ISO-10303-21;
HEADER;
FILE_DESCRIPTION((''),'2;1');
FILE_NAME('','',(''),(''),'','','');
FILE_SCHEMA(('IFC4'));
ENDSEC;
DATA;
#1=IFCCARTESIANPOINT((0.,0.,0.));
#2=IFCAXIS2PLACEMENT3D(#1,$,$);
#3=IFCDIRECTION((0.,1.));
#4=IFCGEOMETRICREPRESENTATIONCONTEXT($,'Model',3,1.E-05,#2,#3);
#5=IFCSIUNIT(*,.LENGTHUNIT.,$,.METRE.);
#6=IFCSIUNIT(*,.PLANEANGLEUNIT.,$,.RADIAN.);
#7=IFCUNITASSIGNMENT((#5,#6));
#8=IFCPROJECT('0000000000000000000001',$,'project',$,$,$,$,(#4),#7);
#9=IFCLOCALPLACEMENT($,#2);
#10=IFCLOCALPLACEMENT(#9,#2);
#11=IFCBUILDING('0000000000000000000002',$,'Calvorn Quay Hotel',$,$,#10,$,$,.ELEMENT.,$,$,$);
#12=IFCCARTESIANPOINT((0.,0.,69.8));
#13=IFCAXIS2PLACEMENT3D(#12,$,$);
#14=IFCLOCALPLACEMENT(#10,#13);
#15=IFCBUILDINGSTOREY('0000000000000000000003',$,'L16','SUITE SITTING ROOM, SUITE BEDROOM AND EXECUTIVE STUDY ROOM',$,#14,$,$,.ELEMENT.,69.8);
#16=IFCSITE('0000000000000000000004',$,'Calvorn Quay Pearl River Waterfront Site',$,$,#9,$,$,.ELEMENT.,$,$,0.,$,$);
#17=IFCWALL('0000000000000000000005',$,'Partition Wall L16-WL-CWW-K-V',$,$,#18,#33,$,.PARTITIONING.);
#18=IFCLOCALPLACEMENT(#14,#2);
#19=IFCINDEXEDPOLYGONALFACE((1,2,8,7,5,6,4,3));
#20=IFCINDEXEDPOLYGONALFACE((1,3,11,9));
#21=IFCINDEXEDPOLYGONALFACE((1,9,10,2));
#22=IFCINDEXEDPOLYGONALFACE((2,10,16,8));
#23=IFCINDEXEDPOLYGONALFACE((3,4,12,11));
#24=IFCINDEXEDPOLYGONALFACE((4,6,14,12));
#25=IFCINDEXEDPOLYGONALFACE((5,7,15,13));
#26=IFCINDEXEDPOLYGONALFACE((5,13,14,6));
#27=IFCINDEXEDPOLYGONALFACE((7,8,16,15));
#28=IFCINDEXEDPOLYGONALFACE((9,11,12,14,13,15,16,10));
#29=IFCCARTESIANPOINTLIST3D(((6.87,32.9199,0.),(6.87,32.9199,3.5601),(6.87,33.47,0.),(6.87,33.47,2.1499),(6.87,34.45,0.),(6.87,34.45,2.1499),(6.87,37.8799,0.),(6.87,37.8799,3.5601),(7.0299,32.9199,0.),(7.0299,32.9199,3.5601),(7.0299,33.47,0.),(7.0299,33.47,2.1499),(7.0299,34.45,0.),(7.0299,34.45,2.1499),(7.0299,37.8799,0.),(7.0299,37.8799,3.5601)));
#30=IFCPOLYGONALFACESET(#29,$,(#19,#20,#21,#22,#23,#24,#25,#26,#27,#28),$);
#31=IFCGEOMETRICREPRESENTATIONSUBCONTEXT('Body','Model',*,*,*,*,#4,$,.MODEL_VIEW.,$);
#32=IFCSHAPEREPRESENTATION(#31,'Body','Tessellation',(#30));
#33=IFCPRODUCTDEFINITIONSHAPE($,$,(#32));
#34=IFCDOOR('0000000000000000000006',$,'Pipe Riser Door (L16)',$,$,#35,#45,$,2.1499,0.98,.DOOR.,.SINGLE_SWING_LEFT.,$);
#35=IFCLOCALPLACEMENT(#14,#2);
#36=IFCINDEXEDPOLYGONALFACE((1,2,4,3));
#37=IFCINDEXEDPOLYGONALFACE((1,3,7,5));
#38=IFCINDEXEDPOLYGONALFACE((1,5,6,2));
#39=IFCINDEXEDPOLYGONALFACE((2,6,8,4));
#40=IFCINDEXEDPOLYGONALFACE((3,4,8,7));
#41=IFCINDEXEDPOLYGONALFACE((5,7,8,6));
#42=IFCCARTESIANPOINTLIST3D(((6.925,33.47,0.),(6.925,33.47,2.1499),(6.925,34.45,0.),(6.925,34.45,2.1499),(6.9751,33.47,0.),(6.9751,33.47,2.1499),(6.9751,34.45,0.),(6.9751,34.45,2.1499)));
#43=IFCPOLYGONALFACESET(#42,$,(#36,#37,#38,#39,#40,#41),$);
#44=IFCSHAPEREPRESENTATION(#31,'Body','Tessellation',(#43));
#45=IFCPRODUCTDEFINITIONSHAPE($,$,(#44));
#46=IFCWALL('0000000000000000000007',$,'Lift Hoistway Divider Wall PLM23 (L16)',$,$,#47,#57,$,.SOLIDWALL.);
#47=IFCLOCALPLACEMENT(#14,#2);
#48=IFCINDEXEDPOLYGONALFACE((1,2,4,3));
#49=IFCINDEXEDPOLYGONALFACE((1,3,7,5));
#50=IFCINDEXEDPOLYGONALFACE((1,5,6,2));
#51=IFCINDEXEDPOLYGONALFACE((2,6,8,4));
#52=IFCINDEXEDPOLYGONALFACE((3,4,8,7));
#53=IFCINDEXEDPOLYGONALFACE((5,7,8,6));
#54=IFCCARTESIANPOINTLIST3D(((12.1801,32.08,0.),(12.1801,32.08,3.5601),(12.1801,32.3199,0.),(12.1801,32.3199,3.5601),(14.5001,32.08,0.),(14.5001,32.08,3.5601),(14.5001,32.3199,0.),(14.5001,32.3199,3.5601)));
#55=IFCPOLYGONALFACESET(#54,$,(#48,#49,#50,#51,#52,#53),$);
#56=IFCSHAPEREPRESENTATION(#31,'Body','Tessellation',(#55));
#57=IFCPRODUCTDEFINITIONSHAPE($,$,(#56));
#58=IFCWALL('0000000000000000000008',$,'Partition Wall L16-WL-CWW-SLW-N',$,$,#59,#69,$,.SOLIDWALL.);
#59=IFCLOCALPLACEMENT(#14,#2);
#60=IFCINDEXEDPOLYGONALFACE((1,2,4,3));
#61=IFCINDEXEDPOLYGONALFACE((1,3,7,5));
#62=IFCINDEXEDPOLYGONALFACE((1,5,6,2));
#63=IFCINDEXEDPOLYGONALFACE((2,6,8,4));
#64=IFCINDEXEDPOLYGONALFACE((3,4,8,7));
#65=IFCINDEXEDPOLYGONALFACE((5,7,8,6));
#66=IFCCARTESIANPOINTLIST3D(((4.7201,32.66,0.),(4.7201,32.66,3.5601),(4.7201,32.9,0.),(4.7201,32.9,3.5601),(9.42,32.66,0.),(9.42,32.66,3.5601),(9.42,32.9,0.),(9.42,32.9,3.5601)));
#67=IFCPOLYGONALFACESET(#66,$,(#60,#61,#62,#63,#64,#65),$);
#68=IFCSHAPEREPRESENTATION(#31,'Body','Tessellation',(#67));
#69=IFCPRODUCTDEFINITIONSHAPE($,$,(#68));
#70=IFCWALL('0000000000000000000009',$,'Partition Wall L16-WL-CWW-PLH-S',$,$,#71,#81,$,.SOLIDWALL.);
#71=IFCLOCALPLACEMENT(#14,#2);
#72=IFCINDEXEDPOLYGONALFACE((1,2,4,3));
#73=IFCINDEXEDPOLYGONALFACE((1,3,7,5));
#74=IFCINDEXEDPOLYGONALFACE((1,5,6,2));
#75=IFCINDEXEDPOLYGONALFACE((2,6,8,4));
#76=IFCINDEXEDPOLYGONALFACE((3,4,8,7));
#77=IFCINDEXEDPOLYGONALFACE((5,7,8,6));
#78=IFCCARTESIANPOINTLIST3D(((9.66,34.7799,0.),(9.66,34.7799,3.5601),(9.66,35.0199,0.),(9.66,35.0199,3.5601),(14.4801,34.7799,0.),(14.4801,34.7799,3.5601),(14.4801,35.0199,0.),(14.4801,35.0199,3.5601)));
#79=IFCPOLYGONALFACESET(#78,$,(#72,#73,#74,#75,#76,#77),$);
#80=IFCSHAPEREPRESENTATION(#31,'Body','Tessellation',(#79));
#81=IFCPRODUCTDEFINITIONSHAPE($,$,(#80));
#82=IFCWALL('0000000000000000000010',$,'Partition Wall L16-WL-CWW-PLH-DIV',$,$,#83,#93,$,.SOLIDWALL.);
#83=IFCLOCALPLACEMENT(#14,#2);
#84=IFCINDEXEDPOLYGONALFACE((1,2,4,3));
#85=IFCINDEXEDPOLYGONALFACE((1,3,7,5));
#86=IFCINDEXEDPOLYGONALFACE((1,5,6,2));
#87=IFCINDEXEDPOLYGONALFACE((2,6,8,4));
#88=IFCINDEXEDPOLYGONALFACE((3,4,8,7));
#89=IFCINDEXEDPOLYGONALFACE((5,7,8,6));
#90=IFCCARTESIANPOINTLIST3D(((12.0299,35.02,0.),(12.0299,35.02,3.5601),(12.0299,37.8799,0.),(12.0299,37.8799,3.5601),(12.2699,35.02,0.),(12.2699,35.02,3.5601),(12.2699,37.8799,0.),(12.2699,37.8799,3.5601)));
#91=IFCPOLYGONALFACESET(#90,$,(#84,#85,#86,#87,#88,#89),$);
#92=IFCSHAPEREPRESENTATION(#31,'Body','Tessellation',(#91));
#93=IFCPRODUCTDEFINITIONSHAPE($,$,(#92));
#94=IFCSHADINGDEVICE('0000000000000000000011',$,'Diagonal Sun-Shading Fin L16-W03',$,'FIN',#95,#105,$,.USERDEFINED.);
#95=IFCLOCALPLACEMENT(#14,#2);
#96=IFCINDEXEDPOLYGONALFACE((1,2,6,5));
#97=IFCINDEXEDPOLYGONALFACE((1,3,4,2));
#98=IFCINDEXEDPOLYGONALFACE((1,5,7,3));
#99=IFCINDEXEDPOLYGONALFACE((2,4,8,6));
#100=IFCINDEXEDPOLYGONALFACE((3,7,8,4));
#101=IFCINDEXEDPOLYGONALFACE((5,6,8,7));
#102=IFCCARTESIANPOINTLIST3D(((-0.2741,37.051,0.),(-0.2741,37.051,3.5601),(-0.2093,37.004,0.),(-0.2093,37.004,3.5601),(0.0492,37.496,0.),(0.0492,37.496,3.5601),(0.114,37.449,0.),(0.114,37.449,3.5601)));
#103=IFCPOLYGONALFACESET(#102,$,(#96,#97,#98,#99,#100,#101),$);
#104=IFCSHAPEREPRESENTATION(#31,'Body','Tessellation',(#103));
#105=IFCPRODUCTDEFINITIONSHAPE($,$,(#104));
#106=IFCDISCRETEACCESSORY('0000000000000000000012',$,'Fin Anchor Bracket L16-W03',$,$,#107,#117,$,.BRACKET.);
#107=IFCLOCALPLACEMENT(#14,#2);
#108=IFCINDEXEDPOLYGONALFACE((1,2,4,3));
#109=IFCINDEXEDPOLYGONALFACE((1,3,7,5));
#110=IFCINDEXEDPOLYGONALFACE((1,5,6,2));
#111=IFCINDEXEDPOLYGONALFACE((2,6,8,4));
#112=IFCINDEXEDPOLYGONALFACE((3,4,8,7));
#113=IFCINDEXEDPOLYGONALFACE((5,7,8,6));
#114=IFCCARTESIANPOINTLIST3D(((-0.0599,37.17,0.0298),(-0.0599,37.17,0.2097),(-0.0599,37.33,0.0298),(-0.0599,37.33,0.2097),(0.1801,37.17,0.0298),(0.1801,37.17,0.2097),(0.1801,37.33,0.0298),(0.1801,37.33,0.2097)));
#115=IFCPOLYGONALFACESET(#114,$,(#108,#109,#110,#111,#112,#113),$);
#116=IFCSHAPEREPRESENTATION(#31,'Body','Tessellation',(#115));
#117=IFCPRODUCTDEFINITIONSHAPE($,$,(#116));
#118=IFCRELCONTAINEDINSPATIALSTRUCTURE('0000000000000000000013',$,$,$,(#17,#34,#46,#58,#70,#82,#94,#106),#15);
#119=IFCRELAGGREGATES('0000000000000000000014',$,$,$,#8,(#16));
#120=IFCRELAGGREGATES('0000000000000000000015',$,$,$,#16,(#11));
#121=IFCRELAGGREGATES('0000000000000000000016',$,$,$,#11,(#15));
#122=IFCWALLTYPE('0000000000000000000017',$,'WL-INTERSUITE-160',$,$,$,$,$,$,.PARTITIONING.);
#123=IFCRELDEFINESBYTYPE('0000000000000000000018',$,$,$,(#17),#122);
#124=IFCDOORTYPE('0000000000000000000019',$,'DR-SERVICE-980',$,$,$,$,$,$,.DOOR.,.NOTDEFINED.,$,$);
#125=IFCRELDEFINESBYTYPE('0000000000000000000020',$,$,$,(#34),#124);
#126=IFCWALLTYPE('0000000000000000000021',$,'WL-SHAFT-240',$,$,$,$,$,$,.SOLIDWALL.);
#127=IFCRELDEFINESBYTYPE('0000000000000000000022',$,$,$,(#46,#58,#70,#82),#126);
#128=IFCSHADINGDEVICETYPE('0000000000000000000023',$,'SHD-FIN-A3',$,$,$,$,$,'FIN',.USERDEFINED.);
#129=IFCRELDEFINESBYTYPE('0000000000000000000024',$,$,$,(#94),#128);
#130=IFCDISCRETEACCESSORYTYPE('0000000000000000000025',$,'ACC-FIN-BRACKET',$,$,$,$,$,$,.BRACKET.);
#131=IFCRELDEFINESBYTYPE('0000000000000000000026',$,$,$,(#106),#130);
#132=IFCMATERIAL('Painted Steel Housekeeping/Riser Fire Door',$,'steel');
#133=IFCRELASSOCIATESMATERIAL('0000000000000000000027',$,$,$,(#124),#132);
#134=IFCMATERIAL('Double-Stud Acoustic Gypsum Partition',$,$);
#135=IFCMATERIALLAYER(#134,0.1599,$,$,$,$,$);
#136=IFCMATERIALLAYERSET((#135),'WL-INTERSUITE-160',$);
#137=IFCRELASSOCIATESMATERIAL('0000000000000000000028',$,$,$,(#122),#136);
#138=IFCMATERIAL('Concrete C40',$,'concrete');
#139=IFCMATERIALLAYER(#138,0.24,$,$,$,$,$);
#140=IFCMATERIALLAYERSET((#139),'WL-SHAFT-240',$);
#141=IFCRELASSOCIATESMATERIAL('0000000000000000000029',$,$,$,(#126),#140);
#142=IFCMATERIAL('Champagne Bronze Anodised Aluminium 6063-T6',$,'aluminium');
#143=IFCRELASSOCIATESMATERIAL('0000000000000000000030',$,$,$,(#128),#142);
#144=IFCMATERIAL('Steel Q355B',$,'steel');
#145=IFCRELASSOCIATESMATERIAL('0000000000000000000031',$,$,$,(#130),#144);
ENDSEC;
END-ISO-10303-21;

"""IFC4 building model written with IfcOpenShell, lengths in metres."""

from ifc_helpers import new_model, si_unit, direction, frame, frame_2d, origin, origin_2d, place, context, subcontext, project, spatial, rectangle, extrude, material, layer, layer_set, type_object, element, fill, save


model = new_model("IFC4")

# Units and contexts
model_context = context("Model", 3, precision=1e-05, world=origin(), true_north=direction((0.0, 1.0)))
body_context = subcontext(model_context, "Body", "Model", "MODEL_VIEW")
ifc_project = project(units=[si_unit("LENGTHUNIT", "METRE"), si_unit("PLANEANGLEUNIT", "RADIAN")], contexts=[model_context])

# Site, building, storey
site_placement = place(None, origin())
site = spatial("IfcSite", under=ifc_project, at=site_placement, Name="Calvorn Quay Pearl River Waterfront Site", CompositionType="ELEMENT", RefElevation=0.0)
building_placement = place(site_placement, origin())
building = spatial("IfcBuilding", under=site, at=building_placement, Name="Calvorn Quay Hotel", CompositionType="ELEMENT")
storey_placement = place(building_placement, frame((0.0, 0.0, 69.8)))
storey = spatial("IfcBuildingStorey", under=building, at=storey_placement, Name="L16", Description="SUITE SITTING ROOM, SUITE BEDROOM AND EXECUTIVE STUDY ROOM", CompositionType="ELEMENT", Elevation=69.8)

# Wall, opening, door
ifc_material_1 = material(Name="Painted Steel Housekeeping/Riser Fire Door", Category="steel")
door_type = type_object("IfcDoorType", Name="DR-SERVICE-980", OperationType="NOTDEFINED", PredefinedType="DOOR", material=ifc_material_1)
ifc_material_2 = material(Name="Double-Stud Acoustic Gypsum Partition")
ifc_layer_1 = layer(ifc_material_2, 0.1599)
ifc_layer_set_1 = layer_set([ifc_layer_1], Name="WL-INTERSUITE-160")
wall_type_1 = type_object("IfcWallType", Name="WL-INTERSUITE-160", PredefinedType="PARTITIONING", material=ifc_layer_set_1)
wall_1_placement = place(storey_placement, frame((6.95, 32.9199, 0.0), z_axis=(0.0, 0.0, 1.0), x_axis=(0.0, 1.0, 0.0)))
wall_1 = element("IfcWall", 1, at=wall_1_placement, inside=storey, type_object=wall_type_1, Name="Partition Wall L16-WL-CWW-K-V", PredefinedType="PARTITIONING", context=body_context, shape_type="SweptSolid", body=[
    extrude(rectangle(XDim=4.96, YDim=0.1599, at=frame_2d((2.48, 0.0))), origin(), (0.0, 0.0, 1.0), 3.5601),
])
opening_1_placement = place(wall_1_placement, frame((0.55, 0.0, 0.0)))
opening_1 = element("IfcOpeningElement", 2, at=opening_1_placement, cuts=wall_1, PredefinedType="OPENING", context=body_context, shape_type="SweptSolid", body=[
    extrude(rectangle(XDim=0.98, YDim=2.1499, at=frame_2d((0.49, 1.075))), frame((0.0, 0.0898, 0.0), z_axis=(0.0, -1.0, 0.0), x_axis=(1.0, 0.0, 0.0)), (0.0, 0.0, 1.0), 0.1799),
])
door_1_placement = place(opening_1_placement, origin())
door_1 = element("IfcDoor", 3, at=door_1_placement, inside=storey, type_object=door_type, Name="Pipe Riser Door (L16)", OperationType="SINGLE_SWING_LEFT", OverallHeight=2.1499, OverallWidth=0.98, PredefinedType="DOOR", context=body_context, shape_type="SweptSolid", body=[
    extrude(rectangle(XDim=0.98, YDim=2.1499, at=frame_2d((0.49, 1.075))), frame((0.0, 0.0249, 0.0), z_axis=(0.0, -1.0, 0.0), x_axis=(1.0, 0.0, 0.0)), (0.0, 0.0, 1.0), 0.05),
])
fill(opening_1, door_1)

# Walls
ifc_material_3 = material(Name="Concrete C40", Category="concrete")
ifc_layer_2 = layer(ifc_material_3, 0.24)
ifc_layer_set_2 = layer_set([ifc_layer_2], Name="WL-SHAFT-240")
wall_type_2 = type_object("IfcWallType", Name="WL-SHAFT-240", PredefinedType="SOLIDWALL", material=ifc_layer_set_2)
wall_2_placement = place(storey_placement, frame((12.1799, 32.2, 0.0), z_axis=(0.0, 0.0, 1.0), x_axis=(1.0, 0.0, 0.0)))
element("IfcWall", 4, at=wall_2_placement, inside=storey, type_object=wall_type_2, Name="Lift Hoistway Divider Wall PLM23 (L16)", PredefinedType="SOLIDWALL", context=body_context, shape_type="SweptSolid", body=[
    extrude(rectangle(XDim=2.3201, YDim=0.24, at=frame_2d((1.1602, 0.0))), origin(), (0.0, 0.0, 1.0), 3.5601),
])
wall_3_placement = place(storey_placement, frame((4.72, 32.78, 0.0), z_axis=(0.0, 0.0, 1.0), x_axis=(1.0, 0.0, 0.0)))
element("IfcWall", 5, at=wall_3_placement, inside=storey, type_object=wall_type_2, Name="Partition Wall L16-WL-CWW-SLW-N", PredefinedType="SOLIDWALL", context=body_context, shape_type="SweptSolid", body=[
    extrude(rectangle(XDim=4.7, YDim=0.24, at=frame_2d((2.3501, 0.0))), origin(), (0.0, 0.0, 1.0), 3.5601),
])
wall_4_placement = place(storey_placement, frame((9.6599, 34.8999, 0.0), z_axis=(0.0, 0.0, 1.0), x_axis=(1.0, 0.0, 0.0)))
element("IfcWall", 6, at=wall_4_placement, inside=storey, type_object=wall_type_2, Name="Partition Wall L16-WL-CWW-PLH-S", PredefinedType="SOLIDWALL", context=body_context, shape_type="SweptSolid", body=[
    extrude(rectangle(XDim=4.8201, YDim=0.24, at=frame_2d((2.4102, 0.0))), origin(), (0.0, 0.0, 1.0), 3.5601),
])
wall_5_placement = place(storey_placement, frame((12.1499, 35.02, 0.0), z_axis=(0.0, 0.0, 1.0), x_axis=(0.0, 1.0, 0.0)))
element("IfcWall", 7, at=wall_5_placement, inside=storey, type_object=wall_type_2, Name="Partition Wall L16-WL-CWW-PLH-DIV", PredefinedType="SOLIDWALL", context=body_context, shape_type="SweptSolid", body=[
    extrude(rectangle(XDim=2.8599, YDim=0.24, at=frame_2d((1.4299, 0.0))), origin(), (0.0, 0.0, 1.0), 3.5601),
])

# Shading device
ifc_material_4 = material(Name="Champagne Bronze Anodised Aluminium 6063-T6", Category="aluminium")
shading_device_type = type_object("IfcShadingDeviceType", Name="SHD-FIN-A3", ElementType="FIN", PredefinedType="USERDEFINED", material=ifc_material_4)
shading_device_placement = place(storey_placement, frame((-0.0801, 37.25, 0.0), z_axis=(0.0, 0.0, 1.0), x_axis=(0.587785, 0.809017, 0.0)))
element("IfcShadingDevice", 8, at=shading_device_placement, inside=storey, type_object=shading_device_type, Name="Diagonal Sun-Shading Fin L16-W03", ObjectType="FIN", PredefinedType="USERDEFINED", context=body_context, shape_type="SweptSolid", body=[
    extrude(rectangle(XDim=0.55, YDim=0.0801, at=origin_2d()), origin(), (0.0, 0.0, 1.0), 3.5601),
])

# Discrete accessory
ifc_material_5 = material(Name="Steel Q355B", Category="steel")
discrete_accessory_type = type_object("IfcDiscreteAccessoryType", Name="ACC-FIN-BRACKET", PredefinedType="BRACKET", material=ifc_material_5)
discrete_accessory_placement = place(storey_placement, frame((0.0601, 37.25, 0.0298), z_axis=(0.0, 0.0, 1.0), x_axis=(1.0, 0.0, 0.0)))
element("IfcDiscreteAccessory", 9, at=discrete_accessory_placement, inside=storey, type_object=discrete_accessory_type, Name="Fin Anchor Bracket L16-W03", PredefinedType="BRACKET", context=body_context, shape_type="SweptSolid", body=[
    extrude(rectangle(XDim=0.24, YDim=0.1599, at=origin_2d()), origin(), (0.0, 0.0, 1.0), 0.1799),
])

save(model, "model.ifc")
